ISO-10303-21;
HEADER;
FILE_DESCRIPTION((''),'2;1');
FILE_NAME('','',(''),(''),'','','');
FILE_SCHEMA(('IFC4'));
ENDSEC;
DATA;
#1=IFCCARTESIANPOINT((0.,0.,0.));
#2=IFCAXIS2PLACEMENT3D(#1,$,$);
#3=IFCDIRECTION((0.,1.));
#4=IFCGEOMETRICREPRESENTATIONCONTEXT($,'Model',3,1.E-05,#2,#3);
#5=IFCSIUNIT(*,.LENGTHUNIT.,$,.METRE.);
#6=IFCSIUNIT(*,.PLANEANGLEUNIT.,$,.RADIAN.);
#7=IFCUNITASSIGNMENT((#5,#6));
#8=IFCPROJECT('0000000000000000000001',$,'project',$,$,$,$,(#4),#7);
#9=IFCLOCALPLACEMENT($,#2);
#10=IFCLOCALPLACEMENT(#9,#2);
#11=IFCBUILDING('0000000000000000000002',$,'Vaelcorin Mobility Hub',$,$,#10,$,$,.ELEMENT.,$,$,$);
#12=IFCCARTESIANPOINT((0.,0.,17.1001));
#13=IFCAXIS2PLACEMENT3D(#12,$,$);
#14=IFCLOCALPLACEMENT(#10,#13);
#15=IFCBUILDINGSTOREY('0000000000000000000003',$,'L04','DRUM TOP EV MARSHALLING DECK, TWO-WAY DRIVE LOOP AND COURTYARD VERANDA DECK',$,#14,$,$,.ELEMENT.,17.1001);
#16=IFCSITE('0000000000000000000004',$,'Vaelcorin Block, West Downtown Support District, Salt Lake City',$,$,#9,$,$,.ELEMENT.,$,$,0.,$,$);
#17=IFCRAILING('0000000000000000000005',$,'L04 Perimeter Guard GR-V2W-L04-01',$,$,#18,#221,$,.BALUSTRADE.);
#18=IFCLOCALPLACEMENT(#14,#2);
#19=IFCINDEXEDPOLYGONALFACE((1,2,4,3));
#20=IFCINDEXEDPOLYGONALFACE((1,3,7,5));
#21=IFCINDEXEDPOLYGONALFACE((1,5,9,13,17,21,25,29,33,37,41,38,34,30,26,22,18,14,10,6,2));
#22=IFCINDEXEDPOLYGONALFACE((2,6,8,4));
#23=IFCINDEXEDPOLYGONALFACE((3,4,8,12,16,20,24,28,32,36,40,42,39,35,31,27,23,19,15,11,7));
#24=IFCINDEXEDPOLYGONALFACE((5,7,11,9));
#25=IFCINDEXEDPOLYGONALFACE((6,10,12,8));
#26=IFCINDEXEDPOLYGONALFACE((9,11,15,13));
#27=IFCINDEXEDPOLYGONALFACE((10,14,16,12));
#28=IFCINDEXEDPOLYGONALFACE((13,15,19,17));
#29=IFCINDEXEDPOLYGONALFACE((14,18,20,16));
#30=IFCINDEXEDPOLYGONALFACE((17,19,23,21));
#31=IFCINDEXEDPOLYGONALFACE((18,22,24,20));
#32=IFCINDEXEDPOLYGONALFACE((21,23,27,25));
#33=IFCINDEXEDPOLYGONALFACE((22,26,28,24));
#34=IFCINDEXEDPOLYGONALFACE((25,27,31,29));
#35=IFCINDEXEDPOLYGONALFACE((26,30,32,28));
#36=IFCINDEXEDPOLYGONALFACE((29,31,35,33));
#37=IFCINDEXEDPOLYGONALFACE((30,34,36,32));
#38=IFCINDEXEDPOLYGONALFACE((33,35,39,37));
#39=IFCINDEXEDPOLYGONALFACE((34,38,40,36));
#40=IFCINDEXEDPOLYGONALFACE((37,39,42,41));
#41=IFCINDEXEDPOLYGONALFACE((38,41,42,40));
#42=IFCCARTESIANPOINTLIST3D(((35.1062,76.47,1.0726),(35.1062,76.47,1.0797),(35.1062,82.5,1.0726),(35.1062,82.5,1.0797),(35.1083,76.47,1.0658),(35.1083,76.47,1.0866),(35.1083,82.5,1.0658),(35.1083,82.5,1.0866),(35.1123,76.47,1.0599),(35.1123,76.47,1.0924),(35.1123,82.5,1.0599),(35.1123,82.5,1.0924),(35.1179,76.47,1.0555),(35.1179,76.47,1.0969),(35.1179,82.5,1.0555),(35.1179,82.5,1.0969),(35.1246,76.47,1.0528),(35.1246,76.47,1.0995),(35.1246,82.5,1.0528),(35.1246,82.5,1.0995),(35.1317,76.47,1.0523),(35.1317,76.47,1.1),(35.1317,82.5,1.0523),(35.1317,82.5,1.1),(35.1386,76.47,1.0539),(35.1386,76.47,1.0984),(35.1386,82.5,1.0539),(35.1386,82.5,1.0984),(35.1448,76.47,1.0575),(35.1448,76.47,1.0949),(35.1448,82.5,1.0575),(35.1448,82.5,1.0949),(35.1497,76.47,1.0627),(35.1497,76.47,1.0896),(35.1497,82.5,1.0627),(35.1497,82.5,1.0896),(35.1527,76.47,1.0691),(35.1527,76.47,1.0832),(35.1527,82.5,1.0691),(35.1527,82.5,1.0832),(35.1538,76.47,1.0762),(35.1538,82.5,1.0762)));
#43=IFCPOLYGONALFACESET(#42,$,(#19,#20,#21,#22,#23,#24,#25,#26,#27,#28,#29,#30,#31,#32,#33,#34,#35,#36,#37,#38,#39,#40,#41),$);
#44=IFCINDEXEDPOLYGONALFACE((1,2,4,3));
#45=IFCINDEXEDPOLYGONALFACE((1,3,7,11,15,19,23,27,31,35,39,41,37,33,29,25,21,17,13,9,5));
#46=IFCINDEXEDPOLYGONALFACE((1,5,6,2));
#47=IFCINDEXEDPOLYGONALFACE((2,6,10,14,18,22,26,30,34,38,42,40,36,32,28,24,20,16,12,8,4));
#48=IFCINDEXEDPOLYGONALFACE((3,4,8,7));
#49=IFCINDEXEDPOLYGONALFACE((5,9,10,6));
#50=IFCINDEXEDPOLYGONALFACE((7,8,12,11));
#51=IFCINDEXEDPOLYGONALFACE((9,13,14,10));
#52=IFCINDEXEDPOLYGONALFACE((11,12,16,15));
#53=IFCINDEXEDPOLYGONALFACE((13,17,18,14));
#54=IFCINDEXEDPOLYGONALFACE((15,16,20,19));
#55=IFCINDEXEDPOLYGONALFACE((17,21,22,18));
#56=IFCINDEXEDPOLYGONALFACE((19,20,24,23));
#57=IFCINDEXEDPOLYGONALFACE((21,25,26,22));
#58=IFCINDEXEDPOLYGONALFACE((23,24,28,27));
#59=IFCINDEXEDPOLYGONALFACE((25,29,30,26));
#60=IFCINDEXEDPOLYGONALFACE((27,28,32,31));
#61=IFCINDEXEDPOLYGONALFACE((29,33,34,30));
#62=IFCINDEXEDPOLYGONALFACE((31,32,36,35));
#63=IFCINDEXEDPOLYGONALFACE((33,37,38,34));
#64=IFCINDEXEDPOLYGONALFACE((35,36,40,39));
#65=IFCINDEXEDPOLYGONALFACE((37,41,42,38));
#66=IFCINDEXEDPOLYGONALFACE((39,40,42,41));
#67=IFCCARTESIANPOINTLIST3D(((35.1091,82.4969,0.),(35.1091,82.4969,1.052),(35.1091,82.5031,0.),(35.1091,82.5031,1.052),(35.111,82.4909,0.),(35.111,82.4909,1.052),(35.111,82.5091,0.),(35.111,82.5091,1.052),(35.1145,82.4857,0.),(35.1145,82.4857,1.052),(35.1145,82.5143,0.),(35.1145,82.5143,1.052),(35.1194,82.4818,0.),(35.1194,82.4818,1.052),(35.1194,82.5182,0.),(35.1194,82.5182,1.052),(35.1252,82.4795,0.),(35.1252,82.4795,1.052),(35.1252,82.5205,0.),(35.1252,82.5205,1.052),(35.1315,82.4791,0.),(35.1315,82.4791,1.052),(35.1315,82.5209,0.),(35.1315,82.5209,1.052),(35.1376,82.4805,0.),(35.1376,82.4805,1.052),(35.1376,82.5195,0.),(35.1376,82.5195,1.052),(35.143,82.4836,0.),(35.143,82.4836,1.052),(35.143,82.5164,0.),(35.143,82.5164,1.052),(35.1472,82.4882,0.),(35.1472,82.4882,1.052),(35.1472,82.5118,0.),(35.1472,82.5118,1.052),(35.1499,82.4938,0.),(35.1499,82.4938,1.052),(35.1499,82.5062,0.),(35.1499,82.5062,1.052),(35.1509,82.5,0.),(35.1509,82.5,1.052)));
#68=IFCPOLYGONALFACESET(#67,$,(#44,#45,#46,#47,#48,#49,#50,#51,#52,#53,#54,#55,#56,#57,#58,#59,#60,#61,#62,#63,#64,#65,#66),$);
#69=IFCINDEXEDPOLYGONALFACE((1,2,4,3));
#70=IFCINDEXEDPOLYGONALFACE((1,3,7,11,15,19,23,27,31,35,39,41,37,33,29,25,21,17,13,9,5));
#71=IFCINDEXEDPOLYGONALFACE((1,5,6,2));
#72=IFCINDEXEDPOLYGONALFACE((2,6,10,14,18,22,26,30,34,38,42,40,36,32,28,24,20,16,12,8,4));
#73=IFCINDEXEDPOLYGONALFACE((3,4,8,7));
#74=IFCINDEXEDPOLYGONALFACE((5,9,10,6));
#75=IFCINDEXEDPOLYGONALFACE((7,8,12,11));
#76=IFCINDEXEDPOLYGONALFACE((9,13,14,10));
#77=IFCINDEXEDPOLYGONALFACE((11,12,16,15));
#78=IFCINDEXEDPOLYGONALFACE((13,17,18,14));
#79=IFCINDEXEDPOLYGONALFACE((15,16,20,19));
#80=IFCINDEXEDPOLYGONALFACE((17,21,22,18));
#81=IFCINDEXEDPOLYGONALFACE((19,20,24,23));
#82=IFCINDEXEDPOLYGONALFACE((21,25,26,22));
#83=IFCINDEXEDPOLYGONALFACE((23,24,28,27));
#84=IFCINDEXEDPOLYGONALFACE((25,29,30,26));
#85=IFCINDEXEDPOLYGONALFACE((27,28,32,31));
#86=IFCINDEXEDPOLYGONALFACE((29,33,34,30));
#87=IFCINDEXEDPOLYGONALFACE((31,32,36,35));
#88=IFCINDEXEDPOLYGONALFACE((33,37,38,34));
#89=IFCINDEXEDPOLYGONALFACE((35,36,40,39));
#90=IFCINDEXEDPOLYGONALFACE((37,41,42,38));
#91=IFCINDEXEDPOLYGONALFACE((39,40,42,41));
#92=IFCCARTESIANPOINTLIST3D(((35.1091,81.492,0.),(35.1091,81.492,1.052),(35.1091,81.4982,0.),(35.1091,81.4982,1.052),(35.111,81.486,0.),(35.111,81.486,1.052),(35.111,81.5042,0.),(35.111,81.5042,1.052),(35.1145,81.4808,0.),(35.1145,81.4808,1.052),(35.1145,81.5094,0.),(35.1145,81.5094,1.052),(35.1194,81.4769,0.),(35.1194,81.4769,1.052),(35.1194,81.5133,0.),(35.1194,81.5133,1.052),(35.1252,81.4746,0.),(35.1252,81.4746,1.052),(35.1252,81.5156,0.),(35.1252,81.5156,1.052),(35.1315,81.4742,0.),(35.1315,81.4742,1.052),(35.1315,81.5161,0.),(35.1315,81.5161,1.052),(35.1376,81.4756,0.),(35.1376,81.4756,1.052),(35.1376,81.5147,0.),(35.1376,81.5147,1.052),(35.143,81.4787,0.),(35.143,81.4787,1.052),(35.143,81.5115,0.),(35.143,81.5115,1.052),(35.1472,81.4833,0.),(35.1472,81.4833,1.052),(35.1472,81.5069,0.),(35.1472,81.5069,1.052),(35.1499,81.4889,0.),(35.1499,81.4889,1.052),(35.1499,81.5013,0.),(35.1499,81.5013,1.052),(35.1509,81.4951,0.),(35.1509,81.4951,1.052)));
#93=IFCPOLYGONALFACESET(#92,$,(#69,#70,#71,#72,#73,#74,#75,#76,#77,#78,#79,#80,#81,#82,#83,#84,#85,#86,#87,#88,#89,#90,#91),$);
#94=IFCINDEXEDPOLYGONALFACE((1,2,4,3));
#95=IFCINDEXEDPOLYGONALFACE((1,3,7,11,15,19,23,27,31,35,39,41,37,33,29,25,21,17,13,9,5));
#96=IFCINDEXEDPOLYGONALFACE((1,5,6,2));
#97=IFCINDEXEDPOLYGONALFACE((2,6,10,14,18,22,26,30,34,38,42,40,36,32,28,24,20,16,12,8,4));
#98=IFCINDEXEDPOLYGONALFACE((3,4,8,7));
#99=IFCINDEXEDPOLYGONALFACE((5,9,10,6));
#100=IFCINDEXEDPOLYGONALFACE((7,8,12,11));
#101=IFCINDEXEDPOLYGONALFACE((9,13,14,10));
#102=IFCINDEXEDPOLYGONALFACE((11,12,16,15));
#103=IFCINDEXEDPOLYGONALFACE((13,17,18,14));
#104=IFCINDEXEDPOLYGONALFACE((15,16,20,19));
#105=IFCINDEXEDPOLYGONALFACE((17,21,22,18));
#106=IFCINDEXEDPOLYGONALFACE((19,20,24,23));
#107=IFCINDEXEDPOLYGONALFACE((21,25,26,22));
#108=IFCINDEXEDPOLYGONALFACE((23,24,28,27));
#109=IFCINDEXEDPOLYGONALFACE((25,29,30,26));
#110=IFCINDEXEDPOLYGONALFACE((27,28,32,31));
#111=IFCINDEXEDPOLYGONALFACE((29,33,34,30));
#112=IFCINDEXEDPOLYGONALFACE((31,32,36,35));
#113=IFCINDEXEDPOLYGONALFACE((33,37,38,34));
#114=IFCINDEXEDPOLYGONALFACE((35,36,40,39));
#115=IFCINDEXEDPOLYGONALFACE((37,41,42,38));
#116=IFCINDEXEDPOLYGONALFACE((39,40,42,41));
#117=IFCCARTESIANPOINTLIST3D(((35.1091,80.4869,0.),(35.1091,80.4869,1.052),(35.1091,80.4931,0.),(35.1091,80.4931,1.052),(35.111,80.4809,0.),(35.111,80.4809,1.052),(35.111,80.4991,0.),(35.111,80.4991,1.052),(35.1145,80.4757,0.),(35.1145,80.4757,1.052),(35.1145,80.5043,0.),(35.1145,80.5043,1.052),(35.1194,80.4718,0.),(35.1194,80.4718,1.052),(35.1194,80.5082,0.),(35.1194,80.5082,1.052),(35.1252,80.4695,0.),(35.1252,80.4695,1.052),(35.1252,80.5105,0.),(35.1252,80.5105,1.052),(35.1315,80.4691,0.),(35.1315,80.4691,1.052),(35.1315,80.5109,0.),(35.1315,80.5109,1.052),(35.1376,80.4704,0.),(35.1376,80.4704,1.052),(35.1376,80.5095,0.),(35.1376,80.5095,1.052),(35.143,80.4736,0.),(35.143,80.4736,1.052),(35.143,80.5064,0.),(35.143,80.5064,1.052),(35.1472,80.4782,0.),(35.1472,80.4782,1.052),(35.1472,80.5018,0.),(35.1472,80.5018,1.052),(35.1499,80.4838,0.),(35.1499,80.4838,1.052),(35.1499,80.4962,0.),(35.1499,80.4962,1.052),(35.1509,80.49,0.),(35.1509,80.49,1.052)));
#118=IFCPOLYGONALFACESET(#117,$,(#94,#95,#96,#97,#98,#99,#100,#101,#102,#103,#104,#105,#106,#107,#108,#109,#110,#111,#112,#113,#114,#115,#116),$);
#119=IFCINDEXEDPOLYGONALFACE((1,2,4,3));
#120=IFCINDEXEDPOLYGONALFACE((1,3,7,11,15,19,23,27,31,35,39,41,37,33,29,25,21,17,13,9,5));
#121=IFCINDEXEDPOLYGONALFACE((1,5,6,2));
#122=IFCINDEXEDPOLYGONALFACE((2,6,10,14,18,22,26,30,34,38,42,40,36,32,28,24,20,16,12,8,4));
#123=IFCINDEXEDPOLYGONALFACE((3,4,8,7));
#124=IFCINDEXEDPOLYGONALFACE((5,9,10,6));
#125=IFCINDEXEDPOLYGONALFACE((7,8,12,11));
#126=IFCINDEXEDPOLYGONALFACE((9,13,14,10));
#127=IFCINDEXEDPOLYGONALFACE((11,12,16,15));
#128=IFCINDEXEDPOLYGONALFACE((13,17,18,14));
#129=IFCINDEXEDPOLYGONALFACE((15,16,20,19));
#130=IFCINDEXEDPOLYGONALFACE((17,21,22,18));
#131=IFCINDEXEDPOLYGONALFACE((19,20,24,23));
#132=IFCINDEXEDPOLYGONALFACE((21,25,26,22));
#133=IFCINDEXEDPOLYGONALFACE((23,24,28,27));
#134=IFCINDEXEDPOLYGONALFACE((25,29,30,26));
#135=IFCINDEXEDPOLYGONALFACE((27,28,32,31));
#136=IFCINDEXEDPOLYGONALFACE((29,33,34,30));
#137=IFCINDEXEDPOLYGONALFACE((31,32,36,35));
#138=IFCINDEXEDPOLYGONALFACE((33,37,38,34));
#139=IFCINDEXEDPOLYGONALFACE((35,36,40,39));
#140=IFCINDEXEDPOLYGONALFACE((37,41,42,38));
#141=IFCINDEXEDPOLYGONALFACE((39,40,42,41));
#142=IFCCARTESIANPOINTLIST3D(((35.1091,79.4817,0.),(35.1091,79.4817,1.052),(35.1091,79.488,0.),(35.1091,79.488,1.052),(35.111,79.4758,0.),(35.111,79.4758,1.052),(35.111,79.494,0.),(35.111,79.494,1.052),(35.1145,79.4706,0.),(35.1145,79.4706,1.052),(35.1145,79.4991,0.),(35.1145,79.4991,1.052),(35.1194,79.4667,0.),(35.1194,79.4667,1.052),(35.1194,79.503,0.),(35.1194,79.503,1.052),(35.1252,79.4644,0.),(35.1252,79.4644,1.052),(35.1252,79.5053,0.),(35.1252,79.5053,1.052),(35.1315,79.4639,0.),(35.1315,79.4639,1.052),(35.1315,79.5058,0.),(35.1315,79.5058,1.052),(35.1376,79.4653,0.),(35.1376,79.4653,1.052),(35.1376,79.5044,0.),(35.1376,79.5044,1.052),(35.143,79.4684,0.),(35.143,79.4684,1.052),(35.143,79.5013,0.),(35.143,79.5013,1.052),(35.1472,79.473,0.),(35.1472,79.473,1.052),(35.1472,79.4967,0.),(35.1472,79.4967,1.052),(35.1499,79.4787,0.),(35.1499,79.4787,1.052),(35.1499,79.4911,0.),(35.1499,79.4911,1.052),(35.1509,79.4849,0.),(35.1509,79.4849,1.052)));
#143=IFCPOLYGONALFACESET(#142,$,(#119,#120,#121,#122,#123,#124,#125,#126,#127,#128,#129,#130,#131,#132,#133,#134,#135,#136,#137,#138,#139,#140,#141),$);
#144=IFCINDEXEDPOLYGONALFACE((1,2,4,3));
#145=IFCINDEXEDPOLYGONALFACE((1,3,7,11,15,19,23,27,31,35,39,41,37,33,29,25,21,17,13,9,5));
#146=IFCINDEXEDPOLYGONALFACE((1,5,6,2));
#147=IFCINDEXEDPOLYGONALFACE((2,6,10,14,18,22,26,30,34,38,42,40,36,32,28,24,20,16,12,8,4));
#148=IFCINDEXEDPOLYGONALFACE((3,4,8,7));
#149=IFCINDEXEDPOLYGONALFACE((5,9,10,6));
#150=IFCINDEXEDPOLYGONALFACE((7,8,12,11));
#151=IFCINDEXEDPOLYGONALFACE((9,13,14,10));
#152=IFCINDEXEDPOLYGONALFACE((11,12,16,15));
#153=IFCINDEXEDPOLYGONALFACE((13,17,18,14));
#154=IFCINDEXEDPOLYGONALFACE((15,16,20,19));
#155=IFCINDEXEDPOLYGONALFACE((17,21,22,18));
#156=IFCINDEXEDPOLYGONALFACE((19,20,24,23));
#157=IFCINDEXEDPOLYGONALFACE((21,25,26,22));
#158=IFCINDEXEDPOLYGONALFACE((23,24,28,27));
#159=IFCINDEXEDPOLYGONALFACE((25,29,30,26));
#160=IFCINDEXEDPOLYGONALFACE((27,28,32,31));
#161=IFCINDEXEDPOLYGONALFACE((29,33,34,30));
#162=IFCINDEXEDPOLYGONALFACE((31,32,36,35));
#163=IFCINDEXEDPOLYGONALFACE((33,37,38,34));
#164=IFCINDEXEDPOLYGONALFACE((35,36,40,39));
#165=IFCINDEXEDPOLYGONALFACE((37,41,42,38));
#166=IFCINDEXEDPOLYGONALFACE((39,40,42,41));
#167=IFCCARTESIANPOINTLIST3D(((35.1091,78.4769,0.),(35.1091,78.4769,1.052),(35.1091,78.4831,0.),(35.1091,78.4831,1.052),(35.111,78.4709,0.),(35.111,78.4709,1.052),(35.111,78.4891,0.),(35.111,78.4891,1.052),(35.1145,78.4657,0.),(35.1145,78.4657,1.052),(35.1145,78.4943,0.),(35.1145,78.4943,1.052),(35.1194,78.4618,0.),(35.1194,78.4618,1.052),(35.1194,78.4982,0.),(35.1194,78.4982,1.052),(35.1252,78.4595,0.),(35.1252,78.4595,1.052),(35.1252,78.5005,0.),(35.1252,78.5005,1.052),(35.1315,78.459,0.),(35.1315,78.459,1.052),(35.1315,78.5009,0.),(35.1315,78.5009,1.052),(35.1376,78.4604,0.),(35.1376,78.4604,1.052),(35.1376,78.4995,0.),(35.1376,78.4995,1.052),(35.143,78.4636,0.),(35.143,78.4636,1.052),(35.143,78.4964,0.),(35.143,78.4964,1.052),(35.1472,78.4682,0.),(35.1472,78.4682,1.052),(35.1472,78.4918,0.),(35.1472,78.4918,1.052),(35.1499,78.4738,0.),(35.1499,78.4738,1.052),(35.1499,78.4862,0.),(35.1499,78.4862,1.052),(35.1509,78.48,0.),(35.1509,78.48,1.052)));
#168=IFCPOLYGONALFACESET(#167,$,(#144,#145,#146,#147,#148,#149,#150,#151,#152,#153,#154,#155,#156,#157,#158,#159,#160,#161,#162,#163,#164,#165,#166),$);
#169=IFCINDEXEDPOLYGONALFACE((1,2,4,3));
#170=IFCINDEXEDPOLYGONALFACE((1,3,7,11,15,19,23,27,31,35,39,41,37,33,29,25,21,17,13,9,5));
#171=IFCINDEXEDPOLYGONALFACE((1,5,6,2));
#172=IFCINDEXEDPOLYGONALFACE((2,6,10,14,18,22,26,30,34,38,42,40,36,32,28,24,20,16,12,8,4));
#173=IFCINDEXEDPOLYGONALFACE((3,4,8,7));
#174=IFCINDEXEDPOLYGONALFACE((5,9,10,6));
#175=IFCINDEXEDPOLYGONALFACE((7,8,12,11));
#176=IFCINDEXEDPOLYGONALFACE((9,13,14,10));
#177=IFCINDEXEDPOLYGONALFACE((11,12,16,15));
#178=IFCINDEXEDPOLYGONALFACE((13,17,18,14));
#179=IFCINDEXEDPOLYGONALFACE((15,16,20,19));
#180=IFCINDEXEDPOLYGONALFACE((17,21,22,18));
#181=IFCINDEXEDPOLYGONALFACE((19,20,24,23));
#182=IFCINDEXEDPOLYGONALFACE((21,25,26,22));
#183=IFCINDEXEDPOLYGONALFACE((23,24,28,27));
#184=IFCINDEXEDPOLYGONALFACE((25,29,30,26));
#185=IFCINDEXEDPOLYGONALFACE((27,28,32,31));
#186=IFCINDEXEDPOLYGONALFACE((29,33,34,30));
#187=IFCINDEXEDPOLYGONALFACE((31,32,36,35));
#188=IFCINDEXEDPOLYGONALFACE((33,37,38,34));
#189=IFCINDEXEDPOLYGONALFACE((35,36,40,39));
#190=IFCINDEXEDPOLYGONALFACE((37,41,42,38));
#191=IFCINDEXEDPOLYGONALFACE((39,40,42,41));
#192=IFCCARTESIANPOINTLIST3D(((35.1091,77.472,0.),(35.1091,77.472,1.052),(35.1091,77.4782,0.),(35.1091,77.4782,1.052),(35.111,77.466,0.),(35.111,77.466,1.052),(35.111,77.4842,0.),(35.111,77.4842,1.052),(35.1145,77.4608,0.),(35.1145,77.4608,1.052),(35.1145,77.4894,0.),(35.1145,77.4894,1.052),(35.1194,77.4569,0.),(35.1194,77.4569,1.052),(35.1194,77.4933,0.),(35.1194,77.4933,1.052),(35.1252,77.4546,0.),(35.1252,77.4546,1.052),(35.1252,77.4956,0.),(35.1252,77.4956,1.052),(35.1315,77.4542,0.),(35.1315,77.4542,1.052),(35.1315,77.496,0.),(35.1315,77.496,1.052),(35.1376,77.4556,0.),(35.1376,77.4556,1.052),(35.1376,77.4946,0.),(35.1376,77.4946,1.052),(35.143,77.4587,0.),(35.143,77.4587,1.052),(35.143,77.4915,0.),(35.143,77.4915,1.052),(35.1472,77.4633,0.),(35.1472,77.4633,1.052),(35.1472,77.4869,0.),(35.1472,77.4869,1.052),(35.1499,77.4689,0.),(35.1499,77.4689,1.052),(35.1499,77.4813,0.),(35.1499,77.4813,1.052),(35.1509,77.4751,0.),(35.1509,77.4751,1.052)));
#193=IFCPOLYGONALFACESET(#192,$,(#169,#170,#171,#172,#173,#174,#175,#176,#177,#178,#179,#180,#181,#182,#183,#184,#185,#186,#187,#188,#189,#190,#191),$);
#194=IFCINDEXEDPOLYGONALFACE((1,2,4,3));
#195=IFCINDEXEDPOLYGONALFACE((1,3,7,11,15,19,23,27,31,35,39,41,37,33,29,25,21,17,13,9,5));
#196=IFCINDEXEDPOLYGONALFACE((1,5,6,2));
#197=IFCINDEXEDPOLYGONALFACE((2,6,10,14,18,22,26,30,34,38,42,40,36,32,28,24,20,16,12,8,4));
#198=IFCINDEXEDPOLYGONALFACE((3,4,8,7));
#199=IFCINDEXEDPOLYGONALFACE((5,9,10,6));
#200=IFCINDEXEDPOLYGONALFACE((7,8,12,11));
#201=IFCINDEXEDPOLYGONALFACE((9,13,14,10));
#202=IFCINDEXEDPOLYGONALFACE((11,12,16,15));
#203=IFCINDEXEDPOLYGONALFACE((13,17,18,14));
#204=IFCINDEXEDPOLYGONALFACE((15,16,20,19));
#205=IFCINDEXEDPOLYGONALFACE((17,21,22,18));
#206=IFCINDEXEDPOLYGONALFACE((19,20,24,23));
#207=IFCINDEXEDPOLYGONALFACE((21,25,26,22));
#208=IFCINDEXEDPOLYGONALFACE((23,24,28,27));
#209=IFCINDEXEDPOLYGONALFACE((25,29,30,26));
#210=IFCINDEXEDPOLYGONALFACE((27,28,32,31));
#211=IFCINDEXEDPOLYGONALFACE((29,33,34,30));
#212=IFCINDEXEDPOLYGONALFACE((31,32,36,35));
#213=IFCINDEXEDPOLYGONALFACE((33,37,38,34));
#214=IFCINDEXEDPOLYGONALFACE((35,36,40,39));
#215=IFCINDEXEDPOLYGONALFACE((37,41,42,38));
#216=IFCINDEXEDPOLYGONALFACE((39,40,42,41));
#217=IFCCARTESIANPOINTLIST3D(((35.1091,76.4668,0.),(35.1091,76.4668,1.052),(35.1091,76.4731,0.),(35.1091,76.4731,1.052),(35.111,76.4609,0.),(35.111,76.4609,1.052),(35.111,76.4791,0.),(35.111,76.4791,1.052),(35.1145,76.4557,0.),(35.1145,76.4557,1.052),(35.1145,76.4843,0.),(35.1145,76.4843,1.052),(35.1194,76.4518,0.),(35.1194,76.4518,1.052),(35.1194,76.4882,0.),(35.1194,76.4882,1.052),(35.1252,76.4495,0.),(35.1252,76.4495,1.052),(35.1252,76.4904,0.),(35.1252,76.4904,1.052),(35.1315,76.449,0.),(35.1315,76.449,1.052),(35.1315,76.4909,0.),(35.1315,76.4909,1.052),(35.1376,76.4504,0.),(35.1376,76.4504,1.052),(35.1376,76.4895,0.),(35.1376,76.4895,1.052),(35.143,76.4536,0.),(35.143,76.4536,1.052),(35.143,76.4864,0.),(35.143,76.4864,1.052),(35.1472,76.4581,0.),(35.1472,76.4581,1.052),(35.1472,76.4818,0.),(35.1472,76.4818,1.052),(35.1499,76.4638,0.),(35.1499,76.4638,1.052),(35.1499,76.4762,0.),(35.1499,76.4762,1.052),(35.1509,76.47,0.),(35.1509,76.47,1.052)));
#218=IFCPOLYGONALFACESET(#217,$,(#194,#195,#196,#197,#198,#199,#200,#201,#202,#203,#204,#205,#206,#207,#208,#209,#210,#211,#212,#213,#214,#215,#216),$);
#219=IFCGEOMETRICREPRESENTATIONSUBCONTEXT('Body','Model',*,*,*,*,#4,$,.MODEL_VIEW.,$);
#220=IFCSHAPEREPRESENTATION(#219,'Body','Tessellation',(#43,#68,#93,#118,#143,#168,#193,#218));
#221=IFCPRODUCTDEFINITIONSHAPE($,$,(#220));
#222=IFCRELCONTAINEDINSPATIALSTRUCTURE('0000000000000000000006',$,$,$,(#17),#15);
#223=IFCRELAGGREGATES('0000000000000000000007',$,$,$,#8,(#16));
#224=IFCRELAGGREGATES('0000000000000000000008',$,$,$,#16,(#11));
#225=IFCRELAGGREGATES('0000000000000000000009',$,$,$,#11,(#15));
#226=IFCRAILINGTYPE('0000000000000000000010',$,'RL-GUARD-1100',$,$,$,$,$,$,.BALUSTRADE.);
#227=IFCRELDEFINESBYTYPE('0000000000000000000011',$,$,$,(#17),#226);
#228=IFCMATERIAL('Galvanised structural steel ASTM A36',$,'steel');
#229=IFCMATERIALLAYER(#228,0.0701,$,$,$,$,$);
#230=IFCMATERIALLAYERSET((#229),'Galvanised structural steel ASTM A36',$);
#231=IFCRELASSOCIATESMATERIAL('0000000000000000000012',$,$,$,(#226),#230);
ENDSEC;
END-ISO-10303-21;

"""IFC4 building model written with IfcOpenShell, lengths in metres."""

from ifc_helpers import new_model, si_unit, direction, frame, origin, origin_2d, place, context, subcontext, project, spatial, circle, extrude, material, layer, layer_set, type_object, element, save


model = new_model("IFC4")

# Units and contexts
model_context = context("Model", 3, precision=1e-05, world=origin(), true_north=direction((0.0, 1.0)))
body_context = subcontext(model_context, "Body", "Model", "MODEL_VIEW")
ifc_project = project(units=[si_unit("LENGTHUNIT", "METRE"), si_unit("PLANEANGLEUNIT", "RADIAN")], contexts=[model_context])

# Site, building, storey
site_placement = place(None, origin())
site = spatial("IfcSite", under=ifc_project, at=site_placement, Name="Vaelcorin Block, West Downtown Support District, Salt Lake City", CompositionType="ELEMENT", RefElevation=0.0)
building_placement = place(site_placement, origin())
building = spatial("IfcBuilding", under=site, at=building_placement, Name="Vaelcorin Mobility Hub", CompositionType="ELEMENT")
storey_placement = place(building_placement, frame((0.0, 0.0, 17.1001)))
storey = spatial("IfcBuildingStorey", under=building, at=storey_placement, Name="L04", Description="DRUM TOP EV MARSHALLING DECK, TWO-WAY DRIVE LOOP AND COURTYARD VERANDA DECK", CompositionType="ELEMENT", Elevation=17.1001)

# Railing
ifc_material_1 = material(Name="Galvanised structural steel ASTM A36", Category="steel")
ifc_layer_1 = layer(ifc_material_1, 0.0701)
ifc_layer_set_1 = layer_set([ifc_layer_1], Name="Galvanised structural steel ASTM A36")
railing_type_1 = type_object("IfcRailingType", Name="RL-GUARD-1100", PredefinedType="BALUSTRADE", material=ifc_layer_set_1)
railing_1_placement = place(storey_placement, frame((35.1299, 82.5, 0.0)))
element("IfcRailing", 1, at=railing_1_placement, inside=storey, type_object=railing_type_1, Name="L04 Perimeter Guard GR-V2W-L04-01", PredefinedType="BALUSTRADE", context=body_context, shape_type="SweptSolid", body=[
    extrude(circle(Radius=0.0239, at=origin_2d()), frame((0.0, 0.0, 1.0762), z_axis=(0.0, -1.0, 0.0), x_axis=(1.0, 0.0, 0.0)), (0.0, 0.0, 1.0), 6.03),
    extrude(circle(Radius=0.021, at=origin_2d()), origin(), (0.0, 0.0, 1.0), 1.052),
    extrude(circle(Radius=0.021, at=origin_2d()), frame((0.0, -1.0049, 0.0)), (0.0, 0.0, 1.0), 1.052),
    extrude(circle(Radius=0.021, at=origin_2d()), frame((0.0, -2.01, 0.0)), (0.0, 0.0, 1.0), 1.052),
    extrude(circle(Radius=0.021, at=origin_2d()), frame((0.0, -3.0151, 0.0)), (0.0, 0.0, 1.0), 1.052),
    extrude(circle(Radius=0.021, at=origin_2d()), frame((0.0, -4.02, 0.0)), (0.0, 0.0, 1.0), 1.052),
    extrude(circle(Radius=0.021, at=origin_2d()), frame((0.0, -5.0249, 0.0)), (0.0, 0.0, 1.0), 1.052),
    extrude(circle(Radius=0.021, at=origin_2d()), frame((0.0, -6.03, 0.0)), (0.0, 0.0, 1.0), 1.052),
])

save(model, "model.ifc")
